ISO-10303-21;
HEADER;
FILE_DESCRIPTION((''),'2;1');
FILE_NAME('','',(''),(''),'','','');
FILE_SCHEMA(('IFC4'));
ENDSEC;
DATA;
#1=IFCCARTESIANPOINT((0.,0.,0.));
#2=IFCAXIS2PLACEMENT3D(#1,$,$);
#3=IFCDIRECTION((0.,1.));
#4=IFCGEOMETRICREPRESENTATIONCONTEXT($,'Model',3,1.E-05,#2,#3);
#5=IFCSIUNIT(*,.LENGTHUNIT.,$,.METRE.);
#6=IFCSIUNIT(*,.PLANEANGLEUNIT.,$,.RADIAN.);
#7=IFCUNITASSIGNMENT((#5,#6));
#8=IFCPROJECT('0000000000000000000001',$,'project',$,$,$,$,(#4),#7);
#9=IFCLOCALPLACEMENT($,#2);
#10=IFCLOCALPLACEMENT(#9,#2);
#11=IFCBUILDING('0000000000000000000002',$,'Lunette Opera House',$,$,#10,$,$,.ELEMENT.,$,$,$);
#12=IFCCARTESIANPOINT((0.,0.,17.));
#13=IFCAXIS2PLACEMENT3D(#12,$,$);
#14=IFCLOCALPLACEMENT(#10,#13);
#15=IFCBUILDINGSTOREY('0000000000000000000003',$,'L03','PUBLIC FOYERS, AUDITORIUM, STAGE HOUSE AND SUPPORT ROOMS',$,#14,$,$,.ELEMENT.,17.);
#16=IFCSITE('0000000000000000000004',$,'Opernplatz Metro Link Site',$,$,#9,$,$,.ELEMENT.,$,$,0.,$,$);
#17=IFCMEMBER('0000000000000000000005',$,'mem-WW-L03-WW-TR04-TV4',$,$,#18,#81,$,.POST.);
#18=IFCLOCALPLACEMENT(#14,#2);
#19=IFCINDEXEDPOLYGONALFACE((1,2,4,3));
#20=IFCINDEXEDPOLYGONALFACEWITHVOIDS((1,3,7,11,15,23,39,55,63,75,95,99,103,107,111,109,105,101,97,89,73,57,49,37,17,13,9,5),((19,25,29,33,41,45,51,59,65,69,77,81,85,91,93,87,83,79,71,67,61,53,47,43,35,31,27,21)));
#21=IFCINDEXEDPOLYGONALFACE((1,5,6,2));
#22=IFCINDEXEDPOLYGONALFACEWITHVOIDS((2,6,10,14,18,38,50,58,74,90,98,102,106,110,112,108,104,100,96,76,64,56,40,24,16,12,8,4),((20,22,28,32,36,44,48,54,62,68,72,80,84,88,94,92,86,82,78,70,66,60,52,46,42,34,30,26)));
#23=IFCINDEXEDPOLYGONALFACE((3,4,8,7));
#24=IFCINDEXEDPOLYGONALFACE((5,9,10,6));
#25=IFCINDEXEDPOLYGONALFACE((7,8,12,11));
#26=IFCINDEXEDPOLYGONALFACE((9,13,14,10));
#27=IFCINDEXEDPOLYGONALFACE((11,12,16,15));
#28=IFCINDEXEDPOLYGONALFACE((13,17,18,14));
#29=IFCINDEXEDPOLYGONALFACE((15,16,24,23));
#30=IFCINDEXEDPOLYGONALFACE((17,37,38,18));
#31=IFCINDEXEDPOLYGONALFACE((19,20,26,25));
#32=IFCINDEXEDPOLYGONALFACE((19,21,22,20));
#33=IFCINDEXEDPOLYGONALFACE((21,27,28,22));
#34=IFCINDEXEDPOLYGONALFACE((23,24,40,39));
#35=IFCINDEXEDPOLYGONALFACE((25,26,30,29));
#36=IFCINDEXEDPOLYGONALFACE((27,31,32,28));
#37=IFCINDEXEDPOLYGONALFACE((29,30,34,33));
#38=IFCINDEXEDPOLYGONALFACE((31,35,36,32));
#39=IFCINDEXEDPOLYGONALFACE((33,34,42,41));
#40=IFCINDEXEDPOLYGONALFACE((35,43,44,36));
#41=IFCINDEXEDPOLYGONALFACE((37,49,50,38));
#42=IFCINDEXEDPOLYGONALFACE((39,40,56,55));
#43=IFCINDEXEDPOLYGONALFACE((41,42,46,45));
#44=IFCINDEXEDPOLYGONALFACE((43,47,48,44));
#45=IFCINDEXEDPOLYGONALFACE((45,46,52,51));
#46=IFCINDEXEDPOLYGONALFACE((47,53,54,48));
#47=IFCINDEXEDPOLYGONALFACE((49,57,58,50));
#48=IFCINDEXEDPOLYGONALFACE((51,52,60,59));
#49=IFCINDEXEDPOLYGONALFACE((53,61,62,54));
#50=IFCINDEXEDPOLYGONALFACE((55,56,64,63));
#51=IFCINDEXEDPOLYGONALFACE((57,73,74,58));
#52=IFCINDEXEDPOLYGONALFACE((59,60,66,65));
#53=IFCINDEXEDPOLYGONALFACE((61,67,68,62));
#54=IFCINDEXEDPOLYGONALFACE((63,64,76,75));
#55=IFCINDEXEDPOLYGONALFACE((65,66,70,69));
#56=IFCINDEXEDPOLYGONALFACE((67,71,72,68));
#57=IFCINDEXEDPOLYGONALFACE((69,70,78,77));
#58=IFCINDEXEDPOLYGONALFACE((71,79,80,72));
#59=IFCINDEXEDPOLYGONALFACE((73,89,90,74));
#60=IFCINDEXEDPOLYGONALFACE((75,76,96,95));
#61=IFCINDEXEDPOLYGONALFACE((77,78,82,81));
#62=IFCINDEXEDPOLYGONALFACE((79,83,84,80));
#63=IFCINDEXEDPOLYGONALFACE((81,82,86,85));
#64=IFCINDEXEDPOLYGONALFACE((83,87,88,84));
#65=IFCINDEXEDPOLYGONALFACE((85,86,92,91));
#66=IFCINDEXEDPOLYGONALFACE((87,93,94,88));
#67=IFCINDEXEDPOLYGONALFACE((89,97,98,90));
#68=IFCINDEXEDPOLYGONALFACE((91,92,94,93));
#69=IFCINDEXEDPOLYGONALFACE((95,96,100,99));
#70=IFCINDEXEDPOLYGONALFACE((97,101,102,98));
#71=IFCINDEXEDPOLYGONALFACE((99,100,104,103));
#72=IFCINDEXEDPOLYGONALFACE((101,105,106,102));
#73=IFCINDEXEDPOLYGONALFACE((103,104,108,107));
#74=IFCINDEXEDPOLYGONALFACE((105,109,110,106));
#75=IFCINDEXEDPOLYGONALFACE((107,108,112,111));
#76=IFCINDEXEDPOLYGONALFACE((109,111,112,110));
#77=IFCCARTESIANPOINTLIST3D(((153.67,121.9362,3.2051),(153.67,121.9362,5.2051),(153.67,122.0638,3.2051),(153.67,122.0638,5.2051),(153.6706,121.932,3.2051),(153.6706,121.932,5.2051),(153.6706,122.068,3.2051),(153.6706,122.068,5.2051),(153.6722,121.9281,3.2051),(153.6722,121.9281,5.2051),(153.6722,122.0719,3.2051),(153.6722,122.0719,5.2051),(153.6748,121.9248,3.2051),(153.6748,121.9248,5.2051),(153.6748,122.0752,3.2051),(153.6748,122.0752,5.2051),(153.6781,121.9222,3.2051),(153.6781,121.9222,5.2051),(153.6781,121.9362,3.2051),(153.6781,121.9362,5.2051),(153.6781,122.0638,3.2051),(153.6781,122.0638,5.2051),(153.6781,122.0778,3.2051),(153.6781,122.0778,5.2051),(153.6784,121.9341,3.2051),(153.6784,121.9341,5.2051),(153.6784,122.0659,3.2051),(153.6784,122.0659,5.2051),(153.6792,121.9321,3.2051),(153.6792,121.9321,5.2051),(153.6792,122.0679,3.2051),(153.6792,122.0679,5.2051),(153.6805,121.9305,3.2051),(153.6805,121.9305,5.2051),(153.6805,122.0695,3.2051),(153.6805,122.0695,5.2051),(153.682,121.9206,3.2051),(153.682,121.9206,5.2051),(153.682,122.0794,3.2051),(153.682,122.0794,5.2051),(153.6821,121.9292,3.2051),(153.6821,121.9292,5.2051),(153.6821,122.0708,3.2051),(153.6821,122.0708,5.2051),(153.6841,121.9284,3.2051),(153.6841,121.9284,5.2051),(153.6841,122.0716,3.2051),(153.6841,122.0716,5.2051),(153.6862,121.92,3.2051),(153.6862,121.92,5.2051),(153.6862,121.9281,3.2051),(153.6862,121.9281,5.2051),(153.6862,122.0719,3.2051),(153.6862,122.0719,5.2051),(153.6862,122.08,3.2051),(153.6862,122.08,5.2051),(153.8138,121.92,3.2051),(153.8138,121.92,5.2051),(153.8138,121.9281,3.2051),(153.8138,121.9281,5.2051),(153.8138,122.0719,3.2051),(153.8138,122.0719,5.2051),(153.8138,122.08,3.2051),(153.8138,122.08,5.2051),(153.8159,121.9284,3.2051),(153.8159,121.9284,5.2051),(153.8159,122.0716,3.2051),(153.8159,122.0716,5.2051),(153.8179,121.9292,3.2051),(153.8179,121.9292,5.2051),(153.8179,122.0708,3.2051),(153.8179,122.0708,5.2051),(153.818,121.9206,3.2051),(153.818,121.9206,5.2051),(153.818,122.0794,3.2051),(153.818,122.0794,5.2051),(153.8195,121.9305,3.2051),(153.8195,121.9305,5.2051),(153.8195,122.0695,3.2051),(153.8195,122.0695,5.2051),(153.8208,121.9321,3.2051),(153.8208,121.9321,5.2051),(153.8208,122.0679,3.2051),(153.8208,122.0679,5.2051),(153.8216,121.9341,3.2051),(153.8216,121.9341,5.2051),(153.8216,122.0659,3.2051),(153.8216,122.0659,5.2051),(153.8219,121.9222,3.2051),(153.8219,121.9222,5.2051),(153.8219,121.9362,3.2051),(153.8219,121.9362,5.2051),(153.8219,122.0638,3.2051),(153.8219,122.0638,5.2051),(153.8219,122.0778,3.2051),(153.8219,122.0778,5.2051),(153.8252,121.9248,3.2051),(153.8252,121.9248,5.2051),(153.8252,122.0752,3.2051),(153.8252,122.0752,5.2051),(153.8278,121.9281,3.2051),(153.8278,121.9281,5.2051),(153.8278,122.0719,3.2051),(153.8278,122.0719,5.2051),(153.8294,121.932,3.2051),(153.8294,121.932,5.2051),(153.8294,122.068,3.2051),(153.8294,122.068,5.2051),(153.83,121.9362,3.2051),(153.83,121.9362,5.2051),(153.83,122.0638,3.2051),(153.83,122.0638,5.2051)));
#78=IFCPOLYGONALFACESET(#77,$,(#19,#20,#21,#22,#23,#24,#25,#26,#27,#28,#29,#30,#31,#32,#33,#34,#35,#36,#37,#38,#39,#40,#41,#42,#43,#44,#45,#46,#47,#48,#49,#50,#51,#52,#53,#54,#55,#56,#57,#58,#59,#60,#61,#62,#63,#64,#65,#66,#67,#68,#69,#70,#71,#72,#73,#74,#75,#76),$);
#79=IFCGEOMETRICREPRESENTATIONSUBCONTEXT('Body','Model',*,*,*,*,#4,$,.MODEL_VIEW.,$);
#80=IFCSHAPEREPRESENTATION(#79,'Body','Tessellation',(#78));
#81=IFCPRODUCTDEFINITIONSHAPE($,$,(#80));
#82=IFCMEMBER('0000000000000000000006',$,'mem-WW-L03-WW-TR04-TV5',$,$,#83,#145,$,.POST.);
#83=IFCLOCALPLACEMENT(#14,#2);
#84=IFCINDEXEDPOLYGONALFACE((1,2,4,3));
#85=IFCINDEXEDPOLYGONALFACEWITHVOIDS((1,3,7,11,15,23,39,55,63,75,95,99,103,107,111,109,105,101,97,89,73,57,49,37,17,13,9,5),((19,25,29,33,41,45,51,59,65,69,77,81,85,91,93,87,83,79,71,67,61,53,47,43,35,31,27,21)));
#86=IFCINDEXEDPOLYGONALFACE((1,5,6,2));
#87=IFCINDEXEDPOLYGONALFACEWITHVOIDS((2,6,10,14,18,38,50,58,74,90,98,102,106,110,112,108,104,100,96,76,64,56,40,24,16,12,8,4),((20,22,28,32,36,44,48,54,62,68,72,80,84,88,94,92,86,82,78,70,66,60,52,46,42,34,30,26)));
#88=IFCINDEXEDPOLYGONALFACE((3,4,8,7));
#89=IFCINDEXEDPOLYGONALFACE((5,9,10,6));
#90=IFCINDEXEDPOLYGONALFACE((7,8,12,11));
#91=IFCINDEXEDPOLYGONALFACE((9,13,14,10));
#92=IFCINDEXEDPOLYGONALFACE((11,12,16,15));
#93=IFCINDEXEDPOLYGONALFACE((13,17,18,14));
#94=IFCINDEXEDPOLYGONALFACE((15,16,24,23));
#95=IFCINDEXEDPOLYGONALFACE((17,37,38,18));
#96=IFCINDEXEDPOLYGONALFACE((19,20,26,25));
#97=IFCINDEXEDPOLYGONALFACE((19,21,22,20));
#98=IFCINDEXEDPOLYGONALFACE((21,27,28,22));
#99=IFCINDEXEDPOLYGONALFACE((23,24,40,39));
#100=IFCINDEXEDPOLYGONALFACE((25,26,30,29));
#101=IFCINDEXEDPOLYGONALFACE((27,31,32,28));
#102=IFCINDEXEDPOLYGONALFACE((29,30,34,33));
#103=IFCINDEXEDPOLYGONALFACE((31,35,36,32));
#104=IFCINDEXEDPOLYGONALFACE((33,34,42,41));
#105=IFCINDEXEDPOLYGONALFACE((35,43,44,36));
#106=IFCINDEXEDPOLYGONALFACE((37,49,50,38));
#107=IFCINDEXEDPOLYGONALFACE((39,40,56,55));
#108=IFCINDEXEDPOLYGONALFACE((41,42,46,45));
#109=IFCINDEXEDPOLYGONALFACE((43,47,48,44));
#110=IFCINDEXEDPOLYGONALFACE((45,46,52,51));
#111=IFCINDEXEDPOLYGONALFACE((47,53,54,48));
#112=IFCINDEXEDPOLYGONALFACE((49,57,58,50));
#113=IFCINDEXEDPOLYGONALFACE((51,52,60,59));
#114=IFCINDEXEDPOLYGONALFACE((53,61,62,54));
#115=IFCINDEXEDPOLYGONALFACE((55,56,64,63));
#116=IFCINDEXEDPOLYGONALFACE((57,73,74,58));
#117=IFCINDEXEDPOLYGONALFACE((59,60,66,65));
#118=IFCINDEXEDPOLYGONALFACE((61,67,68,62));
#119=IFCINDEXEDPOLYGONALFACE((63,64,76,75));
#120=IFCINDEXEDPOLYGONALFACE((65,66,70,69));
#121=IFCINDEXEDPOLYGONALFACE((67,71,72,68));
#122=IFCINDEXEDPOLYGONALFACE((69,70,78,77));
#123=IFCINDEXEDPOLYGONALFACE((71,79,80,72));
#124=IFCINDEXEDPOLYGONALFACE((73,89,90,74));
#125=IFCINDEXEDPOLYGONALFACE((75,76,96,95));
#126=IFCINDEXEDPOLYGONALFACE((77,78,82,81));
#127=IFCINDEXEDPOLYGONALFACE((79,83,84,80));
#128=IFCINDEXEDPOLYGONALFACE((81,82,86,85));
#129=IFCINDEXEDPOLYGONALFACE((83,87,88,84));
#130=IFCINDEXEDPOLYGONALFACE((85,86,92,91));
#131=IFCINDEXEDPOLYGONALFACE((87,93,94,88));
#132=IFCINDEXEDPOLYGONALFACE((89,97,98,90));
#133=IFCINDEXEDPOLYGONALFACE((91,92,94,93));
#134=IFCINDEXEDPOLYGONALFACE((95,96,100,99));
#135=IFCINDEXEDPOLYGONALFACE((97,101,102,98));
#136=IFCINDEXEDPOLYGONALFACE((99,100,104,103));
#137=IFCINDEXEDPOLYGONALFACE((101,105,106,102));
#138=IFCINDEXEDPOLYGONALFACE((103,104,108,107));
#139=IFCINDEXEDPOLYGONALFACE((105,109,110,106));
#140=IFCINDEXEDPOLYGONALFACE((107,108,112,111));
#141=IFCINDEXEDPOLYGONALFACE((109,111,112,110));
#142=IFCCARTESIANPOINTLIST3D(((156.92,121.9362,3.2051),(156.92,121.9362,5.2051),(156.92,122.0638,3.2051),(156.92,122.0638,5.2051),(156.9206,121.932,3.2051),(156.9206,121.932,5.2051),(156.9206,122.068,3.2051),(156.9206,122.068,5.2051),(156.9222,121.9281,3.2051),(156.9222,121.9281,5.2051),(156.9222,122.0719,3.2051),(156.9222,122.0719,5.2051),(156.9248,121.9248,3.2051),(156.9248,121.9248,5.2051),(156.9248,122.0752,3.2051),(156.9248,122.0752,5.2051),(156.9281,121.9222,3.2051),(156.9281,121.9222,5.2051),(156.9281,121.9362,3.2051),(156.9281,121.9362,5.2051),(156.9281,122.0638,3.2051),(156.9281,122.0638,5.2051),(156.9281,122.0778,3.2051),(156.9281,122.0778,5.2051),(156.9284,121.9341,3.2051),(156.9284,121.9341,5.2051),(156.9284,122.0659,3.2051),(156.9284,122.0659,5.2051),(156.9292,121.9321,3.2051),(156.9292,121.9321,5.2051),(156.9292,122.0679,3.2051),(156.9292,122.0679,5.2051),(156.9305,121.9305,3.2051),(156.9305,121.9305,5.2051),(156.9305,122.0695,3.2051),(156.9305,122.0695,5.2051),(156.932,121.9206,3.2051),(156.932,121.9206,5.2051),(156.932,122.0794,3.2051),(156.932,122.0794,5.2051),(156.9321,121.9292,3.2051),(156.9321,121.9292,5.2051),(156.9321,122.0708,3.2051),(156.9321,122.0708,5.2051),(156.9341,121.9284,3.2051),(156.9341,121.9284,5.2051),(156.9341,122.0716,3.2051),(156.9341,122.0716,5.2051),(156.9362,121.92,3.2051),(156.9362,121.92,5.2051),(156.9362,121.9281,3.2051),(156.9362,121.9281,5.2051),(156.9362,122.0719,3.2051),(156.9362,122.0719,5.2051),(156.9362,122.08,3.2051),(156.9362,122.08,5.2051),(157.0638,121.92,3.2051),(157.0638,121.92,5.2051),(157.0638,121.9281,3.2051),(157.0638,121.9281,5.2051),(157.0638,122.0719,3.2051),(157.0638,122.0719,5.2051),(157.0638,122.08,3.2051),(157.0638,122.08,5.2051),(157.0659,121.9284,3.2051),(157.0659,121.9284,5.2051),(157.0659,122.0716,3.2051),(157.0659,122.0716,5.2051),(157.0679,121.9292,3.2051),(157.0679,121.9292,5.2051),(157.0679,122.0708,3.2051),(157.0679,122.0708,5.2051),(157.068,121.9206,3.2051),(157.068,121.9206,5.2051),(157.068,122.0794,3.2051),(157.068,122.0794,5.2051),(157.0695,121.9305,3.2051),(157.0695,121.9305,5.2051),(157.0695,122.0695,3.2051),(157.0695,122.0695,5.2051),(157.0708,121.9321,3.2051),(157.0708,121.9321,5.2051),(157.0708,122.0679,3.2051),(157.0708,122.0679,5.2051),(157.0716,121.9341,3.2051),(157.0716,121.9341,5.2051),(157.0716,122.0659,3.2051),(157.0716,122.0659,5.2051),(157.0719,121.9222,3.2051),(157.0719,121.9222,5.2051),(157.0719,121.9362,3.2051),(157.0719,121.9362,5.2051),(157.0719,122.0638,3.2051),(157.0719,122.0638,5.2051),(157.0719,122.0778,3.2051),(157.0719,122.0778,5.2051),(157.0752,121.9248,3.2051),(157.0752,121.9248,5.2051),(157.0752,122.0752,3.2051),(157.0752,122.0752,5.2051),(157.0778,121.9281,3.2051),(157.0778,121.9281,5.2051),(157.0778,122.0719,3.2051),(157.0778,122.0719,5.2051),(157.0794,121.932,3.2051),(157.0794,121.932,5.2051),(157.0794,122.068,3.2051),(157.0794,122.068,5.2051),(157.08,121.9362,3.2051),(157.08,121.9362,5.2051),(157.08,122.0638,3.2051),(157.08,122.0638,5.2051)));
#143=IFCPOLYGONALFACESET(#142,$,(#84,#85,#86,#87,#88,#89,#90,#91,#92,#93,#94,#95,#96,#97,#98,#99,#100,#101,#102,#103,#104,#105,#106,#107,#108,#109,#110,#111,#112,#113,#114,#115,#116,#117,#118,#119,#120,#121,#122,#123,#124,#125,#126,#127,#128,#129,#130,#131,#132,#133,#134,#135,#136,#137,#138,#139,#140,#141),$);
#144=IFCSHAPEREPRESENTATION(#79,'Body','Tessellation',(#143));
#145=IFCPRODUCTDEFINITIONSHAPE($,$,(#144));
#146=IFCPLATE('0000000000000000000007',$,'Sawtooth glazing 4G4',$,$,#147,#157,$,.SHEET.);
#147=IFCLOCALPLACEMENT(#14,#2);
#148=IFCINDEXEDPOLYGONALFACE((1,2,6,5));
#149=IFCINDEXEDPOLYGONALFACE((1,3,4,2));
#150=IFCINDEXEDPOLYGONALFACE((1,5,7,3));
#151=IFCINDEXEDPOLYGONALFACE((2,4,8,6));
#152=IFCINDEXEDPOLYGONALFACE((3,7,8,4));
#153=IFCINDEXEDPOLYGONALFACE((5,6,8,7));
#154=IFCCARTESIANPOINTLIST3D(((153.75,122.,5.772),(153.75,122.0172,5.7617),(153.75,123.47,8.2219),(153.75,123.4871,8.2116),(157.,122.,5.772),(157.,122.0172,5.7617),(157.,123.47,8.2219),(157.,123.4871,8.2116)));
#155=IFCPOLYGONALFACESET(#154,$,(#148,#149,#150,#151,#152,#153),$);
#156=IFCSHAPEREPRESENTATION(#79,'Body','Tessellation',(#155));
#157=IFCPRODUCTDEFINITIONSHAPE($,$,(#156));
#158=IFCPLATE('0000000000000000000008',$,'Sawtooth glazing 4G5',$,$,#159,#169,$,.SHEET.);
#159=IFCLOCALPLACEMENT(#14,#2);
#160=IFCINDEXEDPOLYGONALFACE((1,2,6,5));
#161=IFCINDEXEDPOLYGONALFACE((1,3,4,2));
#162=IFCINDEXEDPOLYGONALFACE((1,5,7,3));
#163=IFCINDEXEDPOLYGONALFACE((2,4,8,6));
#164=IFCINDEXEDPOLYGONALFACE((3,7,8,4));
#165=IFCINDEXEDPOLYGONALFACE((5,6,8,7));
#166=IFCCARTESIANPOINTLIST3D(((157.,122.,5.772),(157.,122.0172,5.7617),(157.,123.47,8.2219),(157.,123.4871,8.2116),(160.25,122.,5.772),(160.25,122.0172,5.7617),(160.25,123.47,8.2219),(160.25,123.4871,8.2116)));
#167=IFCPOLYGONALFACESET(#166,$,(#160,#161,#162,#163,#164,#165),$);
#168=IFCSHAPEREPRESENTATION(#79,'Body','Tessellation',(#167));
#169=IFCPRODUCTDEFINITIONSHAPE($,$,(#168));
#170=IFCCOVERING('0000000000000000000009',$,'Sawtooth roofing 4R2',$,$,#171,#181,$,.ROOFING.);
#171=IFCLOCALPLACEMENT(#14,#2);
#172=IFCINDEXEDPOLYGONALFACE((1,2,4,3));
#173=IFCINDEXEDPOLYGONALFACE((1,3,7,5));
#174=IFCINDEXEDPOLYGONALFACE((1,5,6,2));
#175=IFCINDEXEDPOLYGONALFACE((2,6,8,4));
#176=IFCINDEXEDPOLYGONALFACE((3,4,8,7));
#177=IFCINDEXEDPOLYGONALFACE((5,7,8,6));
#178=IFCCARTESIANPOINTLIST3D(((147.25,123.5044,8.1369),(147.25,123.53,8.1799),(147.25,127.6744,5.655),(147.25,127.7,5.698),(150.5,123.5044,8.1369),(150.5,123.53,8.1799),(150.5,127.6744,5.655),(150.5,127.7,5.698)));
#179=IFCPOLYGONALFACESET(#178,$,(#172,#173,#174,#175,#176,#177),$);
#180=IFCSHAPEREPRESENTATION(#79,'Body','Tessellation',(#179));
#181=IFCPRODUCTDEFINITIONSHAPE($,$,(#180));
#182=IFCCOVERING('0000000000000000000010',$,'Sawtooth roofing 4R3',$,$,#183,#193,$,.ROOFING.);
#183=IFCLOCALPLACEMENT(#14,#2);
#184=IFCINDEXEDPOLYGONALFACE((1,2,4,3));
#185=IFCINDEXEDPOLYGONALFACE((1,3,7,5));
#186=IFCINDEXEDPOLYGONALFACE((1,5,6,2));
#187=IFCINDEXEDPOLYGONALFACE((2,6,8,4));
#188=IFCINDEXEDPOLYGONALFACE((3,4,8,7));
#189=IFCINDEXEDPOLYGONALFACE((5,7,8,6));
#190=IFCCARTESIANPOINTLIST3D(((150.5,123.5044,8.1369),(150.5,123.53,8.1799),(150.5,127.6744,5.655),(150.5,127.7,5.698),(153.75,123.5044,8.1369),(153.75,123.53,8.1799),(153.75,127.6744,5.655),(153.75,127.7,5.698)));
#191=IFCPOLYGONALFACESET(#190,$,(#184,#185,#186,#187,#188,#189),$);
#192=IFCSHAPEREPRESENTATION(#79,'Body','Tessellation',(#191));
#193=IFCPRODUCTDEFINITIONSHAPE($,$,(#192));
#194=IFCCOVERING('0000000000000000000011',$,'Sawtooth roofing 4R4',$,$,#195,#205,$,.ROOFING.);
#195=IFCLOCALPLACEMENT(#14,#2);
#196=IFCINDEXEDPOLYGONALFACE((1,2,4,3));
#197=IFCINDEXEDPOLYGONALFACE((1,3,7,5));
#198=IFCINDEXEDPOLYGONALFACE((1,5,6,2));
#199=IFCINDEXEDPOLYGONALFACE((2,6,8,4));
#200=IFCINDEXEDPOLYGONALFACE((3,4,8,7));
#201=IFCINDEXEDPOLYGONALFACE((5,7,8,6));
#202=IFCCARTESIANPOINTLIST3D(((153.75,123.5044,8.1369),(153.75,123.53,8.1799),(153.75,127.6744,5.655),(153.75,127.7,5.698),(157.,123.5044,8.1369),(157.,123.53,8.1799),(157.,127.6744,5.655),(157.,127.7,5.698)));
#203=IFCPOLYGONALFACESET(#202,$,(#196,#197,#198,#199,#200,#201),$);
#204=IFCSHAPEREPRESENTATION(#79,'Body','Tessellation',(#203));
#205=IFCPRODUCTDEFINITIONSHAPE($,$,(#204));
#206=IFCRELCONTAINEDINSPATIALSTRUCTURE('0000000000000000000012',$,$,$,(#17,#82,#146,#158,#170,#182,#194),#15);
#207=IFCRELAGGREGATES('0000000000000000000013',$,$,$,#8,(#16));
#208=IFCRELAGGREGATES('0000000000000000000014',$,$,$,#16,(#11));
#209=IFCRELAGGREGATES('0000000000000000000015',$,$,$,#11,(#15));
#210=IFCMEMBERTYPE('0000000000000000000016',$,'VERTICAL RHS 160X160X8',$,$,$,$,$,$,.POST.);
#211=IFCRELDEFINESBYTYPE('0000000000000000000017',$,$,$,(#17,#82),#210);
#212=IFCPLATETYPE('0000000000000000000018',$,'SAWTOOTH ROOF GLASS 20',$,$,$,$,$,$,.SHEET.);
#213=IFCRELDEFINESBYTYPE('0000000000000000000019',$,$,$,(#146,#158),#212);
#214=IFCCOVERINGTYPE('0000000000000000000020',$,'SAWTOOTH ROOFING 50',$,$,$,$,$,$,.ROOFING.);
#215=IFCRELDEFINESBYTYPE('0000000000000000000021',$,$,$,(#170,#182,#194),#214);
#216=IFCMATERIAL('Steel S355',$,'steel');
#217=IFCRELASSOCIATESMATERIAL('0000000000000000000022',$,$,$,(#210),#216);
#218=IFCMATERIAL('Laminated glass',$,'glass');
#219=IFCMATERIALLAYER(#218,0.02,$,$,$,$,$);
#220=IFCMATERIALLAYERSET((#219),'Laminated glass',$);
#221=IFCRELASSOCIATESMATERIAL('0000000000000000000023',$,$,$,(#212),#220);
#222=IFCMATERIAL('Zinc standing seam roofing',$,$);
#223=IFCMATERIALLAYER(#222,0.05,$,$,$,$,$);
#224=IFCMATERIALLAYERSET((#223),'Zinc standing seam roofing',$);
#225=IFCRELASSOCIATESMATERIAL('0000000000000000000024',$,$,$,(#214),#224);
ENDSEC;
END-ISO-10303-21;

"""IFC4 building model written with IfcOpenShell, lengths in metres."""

from ifc_helpers import new_model, si_unit, direction, frame, origin, origin_2d, place, context, subcontext, project, spatial, polyline, hollow_rectangle, outline, extrude, material, layer, layer_set, material_profile, profile_set, type_object, element, save


model = new_model("IFC4")

# Units and contexts
model_context = context("Model", 3, precision=1e-05, world=origin(), true_north=direction((0.0, 1.0)))
body_context = subcontext(model_context, "Body", "Model", "MODEL_VIEW")
ifc_project = project(units=[si_unit("LENGTHUNIT", "METRE"), si_unit("PLANEANGLEUNIT", "RADIAN")], contexts=[model_context])

# Site, building, storey
site_placement = place(None, origin())
site = spatial("IfcSite", under=ifc_project, at=site_placement, Name="Opernplatz Metro Link Site", CompositionType="ELEMENT", RefElevation=0.0)
building_placement = place(site_placement, origin())
building = spatial("IfcBuilding", under=site, at=building_placement, Name="Lunette Opera House", CompositionType="ELEMENT")
storey_placement = place(building_placement, frame((0.0, 0.0, 17.0)))
storey = spatial("IfcBuildingStorey", under=building, at=storey_placement, Name="L03", Description="PUBLIC FOYERS, AUDITORIUM, STAGE HOUSE AND SUPPORT ROOMS", CompositionType="ELEMENT", Elevation=17.0)

# Members
ifc_material_1 = material(Name="Steel S355", Category="steel")
ifc_material_profile_1 = material_profile(ifc_material_1, hollow_rectangle(XDim=0.1599, YDim=0.1599, WallThickness=0.0081, InnerFilletRadius=0.0081, OuterFilletRadius=0.0161, at=origin_2d()), Name="RHS 160X160X8")
ifc_profile_set_1 = profile_set([ifc_material_profile_1], Name="Steel S355")
member_type_1 = type_object("IfcMemberType", Name="VERTICAL RHS 160X160X8", PredefinedType="POST", material=ifc_profile_set_1)
for number, where, z_axis, x_axis, name in (
    (1, (153.75, 122.0, 3.2051), (0.0, 0.0, 1.0), (1.0, 0.0, 0.0), "mem-WW-L03-WW-TR04-TV4"),
    (2, (157.0, 122.0, 3.2051), (0.0, 0.0, 1.0), (1.0, 0.0, 0.0), "mem-WW-L03-WW-TR04-TV5"),
):
    element("IfcMember", number, at=place(storey_placement, frame(where, z_axis=z_axis, x_axis=x_axis)), inside=storey, type_object=member_type_1, Name=name, PredefinedType="POST", context=body_context, shape_type="SweptSolid", body=[
        extrude(hollow_rectangle(XDim=0.1599, YDim=0.1599, WallThickness=0.0081, InnerFilletRadius=0.0081, OuterFilletRadius=0.0161, at=origin_2d()), origin(), (0.0, 0.0, 1.0), 2.0),
    ])

# Plates
ifc_material_2 = material(Name="Laminated glass", Category="glass")
ifc_layer_1 = layer(ifc_material_2, 0.02)
ifc_layer_set_1 = layer_set([ifc_layer_1], Name="Laminated glass")
plate_type = type_object("IfcPlateType", Name="SAWTOOTH ROOF GLASS 20", PredefinedType="SHEET", material=ifc_layer_set_1)
for number, where, z_axis, x_axis, name in (
    (3, (153.75, 122.0, 5.772), (0.0, -0.857493, 0.514496), (1.0, 0.0, 0.0), "Sawtooth glazing 4G4"),
    (4, (157.0, 122.0, 5.772), (0.0, -0.857493, 0.514496), (1.0, 0.0, 0.0), "Sawtooth glazing 4G5"),
):
    element("IfcPlate", number, at=place(storey_placement, frame(where, z_axis=z_axis, x_axis=x_axis)), inside=storey, type_object=plate_type, Name=name, PredefinedType="SHEET", context=body_context, shape_type="SweptSolid", body=[
        extrude(outline(polyline([(0.0, 0.0), (3.25, 0.0), (3.25, 2.8571), (0.0, 2.8571), (0.0, 0.0)])), origin(), (0.0, 0.0, -1.0), 0.02),
    ])

# Coverings
ifc_material_3 = material(Name="Zinc standing seam roofing")
ifc_layer_2 = layer(ifc_material_3, 0.05)
ifc_layer_set_2 = layer_set([ifc_layer_2], Name="Zinc standing seam roofing")
covering_type = type_object("IfcCoveringType", Name="SAWTOOTH ROOFING 50", PredefinedType="ROOFING", material=ifc_layer_set_2)
for number, where, z_axis, x_axis, name in (
    (5, (147.25, 123.53, 8.1799), (0.0, 0.511459, 0.859308), (1.0, 0.0, 0.0), "Sawtooth roofing 4R2"),
    (6, (150.5, 123.53, 8.1799), (0.0, 0.511459, 0.859308), (1.0, 0.0, 0.0), "Sawtooth roofing 4R3"),
    (7, (153.75, 123.53, 8.1799), (0.0, 0.511459, 0.859308), (1.0, 0.0, 0.0), "Sawtooth roofing 4R4"),
):
    element("IfcCovering", number, at=place(storey_placement, frame(where, z_axis=z_axis, x_axis=x_axis)), inside=storey, type_object=covering_type, Name=name, PredefinedType="ROOFING", context=body_context, shape_type="SweptSolid", body=[
        extrude(outline(polyline([(0.0, 0.0), (3.25, 0.0), (3.25, 4.8527), (0.0, 4.8527), (0.0, 0.0)])), origin(), (0.0, 0.0, -1.0), 0.05),
    ])

save(model, "model.ifc")
